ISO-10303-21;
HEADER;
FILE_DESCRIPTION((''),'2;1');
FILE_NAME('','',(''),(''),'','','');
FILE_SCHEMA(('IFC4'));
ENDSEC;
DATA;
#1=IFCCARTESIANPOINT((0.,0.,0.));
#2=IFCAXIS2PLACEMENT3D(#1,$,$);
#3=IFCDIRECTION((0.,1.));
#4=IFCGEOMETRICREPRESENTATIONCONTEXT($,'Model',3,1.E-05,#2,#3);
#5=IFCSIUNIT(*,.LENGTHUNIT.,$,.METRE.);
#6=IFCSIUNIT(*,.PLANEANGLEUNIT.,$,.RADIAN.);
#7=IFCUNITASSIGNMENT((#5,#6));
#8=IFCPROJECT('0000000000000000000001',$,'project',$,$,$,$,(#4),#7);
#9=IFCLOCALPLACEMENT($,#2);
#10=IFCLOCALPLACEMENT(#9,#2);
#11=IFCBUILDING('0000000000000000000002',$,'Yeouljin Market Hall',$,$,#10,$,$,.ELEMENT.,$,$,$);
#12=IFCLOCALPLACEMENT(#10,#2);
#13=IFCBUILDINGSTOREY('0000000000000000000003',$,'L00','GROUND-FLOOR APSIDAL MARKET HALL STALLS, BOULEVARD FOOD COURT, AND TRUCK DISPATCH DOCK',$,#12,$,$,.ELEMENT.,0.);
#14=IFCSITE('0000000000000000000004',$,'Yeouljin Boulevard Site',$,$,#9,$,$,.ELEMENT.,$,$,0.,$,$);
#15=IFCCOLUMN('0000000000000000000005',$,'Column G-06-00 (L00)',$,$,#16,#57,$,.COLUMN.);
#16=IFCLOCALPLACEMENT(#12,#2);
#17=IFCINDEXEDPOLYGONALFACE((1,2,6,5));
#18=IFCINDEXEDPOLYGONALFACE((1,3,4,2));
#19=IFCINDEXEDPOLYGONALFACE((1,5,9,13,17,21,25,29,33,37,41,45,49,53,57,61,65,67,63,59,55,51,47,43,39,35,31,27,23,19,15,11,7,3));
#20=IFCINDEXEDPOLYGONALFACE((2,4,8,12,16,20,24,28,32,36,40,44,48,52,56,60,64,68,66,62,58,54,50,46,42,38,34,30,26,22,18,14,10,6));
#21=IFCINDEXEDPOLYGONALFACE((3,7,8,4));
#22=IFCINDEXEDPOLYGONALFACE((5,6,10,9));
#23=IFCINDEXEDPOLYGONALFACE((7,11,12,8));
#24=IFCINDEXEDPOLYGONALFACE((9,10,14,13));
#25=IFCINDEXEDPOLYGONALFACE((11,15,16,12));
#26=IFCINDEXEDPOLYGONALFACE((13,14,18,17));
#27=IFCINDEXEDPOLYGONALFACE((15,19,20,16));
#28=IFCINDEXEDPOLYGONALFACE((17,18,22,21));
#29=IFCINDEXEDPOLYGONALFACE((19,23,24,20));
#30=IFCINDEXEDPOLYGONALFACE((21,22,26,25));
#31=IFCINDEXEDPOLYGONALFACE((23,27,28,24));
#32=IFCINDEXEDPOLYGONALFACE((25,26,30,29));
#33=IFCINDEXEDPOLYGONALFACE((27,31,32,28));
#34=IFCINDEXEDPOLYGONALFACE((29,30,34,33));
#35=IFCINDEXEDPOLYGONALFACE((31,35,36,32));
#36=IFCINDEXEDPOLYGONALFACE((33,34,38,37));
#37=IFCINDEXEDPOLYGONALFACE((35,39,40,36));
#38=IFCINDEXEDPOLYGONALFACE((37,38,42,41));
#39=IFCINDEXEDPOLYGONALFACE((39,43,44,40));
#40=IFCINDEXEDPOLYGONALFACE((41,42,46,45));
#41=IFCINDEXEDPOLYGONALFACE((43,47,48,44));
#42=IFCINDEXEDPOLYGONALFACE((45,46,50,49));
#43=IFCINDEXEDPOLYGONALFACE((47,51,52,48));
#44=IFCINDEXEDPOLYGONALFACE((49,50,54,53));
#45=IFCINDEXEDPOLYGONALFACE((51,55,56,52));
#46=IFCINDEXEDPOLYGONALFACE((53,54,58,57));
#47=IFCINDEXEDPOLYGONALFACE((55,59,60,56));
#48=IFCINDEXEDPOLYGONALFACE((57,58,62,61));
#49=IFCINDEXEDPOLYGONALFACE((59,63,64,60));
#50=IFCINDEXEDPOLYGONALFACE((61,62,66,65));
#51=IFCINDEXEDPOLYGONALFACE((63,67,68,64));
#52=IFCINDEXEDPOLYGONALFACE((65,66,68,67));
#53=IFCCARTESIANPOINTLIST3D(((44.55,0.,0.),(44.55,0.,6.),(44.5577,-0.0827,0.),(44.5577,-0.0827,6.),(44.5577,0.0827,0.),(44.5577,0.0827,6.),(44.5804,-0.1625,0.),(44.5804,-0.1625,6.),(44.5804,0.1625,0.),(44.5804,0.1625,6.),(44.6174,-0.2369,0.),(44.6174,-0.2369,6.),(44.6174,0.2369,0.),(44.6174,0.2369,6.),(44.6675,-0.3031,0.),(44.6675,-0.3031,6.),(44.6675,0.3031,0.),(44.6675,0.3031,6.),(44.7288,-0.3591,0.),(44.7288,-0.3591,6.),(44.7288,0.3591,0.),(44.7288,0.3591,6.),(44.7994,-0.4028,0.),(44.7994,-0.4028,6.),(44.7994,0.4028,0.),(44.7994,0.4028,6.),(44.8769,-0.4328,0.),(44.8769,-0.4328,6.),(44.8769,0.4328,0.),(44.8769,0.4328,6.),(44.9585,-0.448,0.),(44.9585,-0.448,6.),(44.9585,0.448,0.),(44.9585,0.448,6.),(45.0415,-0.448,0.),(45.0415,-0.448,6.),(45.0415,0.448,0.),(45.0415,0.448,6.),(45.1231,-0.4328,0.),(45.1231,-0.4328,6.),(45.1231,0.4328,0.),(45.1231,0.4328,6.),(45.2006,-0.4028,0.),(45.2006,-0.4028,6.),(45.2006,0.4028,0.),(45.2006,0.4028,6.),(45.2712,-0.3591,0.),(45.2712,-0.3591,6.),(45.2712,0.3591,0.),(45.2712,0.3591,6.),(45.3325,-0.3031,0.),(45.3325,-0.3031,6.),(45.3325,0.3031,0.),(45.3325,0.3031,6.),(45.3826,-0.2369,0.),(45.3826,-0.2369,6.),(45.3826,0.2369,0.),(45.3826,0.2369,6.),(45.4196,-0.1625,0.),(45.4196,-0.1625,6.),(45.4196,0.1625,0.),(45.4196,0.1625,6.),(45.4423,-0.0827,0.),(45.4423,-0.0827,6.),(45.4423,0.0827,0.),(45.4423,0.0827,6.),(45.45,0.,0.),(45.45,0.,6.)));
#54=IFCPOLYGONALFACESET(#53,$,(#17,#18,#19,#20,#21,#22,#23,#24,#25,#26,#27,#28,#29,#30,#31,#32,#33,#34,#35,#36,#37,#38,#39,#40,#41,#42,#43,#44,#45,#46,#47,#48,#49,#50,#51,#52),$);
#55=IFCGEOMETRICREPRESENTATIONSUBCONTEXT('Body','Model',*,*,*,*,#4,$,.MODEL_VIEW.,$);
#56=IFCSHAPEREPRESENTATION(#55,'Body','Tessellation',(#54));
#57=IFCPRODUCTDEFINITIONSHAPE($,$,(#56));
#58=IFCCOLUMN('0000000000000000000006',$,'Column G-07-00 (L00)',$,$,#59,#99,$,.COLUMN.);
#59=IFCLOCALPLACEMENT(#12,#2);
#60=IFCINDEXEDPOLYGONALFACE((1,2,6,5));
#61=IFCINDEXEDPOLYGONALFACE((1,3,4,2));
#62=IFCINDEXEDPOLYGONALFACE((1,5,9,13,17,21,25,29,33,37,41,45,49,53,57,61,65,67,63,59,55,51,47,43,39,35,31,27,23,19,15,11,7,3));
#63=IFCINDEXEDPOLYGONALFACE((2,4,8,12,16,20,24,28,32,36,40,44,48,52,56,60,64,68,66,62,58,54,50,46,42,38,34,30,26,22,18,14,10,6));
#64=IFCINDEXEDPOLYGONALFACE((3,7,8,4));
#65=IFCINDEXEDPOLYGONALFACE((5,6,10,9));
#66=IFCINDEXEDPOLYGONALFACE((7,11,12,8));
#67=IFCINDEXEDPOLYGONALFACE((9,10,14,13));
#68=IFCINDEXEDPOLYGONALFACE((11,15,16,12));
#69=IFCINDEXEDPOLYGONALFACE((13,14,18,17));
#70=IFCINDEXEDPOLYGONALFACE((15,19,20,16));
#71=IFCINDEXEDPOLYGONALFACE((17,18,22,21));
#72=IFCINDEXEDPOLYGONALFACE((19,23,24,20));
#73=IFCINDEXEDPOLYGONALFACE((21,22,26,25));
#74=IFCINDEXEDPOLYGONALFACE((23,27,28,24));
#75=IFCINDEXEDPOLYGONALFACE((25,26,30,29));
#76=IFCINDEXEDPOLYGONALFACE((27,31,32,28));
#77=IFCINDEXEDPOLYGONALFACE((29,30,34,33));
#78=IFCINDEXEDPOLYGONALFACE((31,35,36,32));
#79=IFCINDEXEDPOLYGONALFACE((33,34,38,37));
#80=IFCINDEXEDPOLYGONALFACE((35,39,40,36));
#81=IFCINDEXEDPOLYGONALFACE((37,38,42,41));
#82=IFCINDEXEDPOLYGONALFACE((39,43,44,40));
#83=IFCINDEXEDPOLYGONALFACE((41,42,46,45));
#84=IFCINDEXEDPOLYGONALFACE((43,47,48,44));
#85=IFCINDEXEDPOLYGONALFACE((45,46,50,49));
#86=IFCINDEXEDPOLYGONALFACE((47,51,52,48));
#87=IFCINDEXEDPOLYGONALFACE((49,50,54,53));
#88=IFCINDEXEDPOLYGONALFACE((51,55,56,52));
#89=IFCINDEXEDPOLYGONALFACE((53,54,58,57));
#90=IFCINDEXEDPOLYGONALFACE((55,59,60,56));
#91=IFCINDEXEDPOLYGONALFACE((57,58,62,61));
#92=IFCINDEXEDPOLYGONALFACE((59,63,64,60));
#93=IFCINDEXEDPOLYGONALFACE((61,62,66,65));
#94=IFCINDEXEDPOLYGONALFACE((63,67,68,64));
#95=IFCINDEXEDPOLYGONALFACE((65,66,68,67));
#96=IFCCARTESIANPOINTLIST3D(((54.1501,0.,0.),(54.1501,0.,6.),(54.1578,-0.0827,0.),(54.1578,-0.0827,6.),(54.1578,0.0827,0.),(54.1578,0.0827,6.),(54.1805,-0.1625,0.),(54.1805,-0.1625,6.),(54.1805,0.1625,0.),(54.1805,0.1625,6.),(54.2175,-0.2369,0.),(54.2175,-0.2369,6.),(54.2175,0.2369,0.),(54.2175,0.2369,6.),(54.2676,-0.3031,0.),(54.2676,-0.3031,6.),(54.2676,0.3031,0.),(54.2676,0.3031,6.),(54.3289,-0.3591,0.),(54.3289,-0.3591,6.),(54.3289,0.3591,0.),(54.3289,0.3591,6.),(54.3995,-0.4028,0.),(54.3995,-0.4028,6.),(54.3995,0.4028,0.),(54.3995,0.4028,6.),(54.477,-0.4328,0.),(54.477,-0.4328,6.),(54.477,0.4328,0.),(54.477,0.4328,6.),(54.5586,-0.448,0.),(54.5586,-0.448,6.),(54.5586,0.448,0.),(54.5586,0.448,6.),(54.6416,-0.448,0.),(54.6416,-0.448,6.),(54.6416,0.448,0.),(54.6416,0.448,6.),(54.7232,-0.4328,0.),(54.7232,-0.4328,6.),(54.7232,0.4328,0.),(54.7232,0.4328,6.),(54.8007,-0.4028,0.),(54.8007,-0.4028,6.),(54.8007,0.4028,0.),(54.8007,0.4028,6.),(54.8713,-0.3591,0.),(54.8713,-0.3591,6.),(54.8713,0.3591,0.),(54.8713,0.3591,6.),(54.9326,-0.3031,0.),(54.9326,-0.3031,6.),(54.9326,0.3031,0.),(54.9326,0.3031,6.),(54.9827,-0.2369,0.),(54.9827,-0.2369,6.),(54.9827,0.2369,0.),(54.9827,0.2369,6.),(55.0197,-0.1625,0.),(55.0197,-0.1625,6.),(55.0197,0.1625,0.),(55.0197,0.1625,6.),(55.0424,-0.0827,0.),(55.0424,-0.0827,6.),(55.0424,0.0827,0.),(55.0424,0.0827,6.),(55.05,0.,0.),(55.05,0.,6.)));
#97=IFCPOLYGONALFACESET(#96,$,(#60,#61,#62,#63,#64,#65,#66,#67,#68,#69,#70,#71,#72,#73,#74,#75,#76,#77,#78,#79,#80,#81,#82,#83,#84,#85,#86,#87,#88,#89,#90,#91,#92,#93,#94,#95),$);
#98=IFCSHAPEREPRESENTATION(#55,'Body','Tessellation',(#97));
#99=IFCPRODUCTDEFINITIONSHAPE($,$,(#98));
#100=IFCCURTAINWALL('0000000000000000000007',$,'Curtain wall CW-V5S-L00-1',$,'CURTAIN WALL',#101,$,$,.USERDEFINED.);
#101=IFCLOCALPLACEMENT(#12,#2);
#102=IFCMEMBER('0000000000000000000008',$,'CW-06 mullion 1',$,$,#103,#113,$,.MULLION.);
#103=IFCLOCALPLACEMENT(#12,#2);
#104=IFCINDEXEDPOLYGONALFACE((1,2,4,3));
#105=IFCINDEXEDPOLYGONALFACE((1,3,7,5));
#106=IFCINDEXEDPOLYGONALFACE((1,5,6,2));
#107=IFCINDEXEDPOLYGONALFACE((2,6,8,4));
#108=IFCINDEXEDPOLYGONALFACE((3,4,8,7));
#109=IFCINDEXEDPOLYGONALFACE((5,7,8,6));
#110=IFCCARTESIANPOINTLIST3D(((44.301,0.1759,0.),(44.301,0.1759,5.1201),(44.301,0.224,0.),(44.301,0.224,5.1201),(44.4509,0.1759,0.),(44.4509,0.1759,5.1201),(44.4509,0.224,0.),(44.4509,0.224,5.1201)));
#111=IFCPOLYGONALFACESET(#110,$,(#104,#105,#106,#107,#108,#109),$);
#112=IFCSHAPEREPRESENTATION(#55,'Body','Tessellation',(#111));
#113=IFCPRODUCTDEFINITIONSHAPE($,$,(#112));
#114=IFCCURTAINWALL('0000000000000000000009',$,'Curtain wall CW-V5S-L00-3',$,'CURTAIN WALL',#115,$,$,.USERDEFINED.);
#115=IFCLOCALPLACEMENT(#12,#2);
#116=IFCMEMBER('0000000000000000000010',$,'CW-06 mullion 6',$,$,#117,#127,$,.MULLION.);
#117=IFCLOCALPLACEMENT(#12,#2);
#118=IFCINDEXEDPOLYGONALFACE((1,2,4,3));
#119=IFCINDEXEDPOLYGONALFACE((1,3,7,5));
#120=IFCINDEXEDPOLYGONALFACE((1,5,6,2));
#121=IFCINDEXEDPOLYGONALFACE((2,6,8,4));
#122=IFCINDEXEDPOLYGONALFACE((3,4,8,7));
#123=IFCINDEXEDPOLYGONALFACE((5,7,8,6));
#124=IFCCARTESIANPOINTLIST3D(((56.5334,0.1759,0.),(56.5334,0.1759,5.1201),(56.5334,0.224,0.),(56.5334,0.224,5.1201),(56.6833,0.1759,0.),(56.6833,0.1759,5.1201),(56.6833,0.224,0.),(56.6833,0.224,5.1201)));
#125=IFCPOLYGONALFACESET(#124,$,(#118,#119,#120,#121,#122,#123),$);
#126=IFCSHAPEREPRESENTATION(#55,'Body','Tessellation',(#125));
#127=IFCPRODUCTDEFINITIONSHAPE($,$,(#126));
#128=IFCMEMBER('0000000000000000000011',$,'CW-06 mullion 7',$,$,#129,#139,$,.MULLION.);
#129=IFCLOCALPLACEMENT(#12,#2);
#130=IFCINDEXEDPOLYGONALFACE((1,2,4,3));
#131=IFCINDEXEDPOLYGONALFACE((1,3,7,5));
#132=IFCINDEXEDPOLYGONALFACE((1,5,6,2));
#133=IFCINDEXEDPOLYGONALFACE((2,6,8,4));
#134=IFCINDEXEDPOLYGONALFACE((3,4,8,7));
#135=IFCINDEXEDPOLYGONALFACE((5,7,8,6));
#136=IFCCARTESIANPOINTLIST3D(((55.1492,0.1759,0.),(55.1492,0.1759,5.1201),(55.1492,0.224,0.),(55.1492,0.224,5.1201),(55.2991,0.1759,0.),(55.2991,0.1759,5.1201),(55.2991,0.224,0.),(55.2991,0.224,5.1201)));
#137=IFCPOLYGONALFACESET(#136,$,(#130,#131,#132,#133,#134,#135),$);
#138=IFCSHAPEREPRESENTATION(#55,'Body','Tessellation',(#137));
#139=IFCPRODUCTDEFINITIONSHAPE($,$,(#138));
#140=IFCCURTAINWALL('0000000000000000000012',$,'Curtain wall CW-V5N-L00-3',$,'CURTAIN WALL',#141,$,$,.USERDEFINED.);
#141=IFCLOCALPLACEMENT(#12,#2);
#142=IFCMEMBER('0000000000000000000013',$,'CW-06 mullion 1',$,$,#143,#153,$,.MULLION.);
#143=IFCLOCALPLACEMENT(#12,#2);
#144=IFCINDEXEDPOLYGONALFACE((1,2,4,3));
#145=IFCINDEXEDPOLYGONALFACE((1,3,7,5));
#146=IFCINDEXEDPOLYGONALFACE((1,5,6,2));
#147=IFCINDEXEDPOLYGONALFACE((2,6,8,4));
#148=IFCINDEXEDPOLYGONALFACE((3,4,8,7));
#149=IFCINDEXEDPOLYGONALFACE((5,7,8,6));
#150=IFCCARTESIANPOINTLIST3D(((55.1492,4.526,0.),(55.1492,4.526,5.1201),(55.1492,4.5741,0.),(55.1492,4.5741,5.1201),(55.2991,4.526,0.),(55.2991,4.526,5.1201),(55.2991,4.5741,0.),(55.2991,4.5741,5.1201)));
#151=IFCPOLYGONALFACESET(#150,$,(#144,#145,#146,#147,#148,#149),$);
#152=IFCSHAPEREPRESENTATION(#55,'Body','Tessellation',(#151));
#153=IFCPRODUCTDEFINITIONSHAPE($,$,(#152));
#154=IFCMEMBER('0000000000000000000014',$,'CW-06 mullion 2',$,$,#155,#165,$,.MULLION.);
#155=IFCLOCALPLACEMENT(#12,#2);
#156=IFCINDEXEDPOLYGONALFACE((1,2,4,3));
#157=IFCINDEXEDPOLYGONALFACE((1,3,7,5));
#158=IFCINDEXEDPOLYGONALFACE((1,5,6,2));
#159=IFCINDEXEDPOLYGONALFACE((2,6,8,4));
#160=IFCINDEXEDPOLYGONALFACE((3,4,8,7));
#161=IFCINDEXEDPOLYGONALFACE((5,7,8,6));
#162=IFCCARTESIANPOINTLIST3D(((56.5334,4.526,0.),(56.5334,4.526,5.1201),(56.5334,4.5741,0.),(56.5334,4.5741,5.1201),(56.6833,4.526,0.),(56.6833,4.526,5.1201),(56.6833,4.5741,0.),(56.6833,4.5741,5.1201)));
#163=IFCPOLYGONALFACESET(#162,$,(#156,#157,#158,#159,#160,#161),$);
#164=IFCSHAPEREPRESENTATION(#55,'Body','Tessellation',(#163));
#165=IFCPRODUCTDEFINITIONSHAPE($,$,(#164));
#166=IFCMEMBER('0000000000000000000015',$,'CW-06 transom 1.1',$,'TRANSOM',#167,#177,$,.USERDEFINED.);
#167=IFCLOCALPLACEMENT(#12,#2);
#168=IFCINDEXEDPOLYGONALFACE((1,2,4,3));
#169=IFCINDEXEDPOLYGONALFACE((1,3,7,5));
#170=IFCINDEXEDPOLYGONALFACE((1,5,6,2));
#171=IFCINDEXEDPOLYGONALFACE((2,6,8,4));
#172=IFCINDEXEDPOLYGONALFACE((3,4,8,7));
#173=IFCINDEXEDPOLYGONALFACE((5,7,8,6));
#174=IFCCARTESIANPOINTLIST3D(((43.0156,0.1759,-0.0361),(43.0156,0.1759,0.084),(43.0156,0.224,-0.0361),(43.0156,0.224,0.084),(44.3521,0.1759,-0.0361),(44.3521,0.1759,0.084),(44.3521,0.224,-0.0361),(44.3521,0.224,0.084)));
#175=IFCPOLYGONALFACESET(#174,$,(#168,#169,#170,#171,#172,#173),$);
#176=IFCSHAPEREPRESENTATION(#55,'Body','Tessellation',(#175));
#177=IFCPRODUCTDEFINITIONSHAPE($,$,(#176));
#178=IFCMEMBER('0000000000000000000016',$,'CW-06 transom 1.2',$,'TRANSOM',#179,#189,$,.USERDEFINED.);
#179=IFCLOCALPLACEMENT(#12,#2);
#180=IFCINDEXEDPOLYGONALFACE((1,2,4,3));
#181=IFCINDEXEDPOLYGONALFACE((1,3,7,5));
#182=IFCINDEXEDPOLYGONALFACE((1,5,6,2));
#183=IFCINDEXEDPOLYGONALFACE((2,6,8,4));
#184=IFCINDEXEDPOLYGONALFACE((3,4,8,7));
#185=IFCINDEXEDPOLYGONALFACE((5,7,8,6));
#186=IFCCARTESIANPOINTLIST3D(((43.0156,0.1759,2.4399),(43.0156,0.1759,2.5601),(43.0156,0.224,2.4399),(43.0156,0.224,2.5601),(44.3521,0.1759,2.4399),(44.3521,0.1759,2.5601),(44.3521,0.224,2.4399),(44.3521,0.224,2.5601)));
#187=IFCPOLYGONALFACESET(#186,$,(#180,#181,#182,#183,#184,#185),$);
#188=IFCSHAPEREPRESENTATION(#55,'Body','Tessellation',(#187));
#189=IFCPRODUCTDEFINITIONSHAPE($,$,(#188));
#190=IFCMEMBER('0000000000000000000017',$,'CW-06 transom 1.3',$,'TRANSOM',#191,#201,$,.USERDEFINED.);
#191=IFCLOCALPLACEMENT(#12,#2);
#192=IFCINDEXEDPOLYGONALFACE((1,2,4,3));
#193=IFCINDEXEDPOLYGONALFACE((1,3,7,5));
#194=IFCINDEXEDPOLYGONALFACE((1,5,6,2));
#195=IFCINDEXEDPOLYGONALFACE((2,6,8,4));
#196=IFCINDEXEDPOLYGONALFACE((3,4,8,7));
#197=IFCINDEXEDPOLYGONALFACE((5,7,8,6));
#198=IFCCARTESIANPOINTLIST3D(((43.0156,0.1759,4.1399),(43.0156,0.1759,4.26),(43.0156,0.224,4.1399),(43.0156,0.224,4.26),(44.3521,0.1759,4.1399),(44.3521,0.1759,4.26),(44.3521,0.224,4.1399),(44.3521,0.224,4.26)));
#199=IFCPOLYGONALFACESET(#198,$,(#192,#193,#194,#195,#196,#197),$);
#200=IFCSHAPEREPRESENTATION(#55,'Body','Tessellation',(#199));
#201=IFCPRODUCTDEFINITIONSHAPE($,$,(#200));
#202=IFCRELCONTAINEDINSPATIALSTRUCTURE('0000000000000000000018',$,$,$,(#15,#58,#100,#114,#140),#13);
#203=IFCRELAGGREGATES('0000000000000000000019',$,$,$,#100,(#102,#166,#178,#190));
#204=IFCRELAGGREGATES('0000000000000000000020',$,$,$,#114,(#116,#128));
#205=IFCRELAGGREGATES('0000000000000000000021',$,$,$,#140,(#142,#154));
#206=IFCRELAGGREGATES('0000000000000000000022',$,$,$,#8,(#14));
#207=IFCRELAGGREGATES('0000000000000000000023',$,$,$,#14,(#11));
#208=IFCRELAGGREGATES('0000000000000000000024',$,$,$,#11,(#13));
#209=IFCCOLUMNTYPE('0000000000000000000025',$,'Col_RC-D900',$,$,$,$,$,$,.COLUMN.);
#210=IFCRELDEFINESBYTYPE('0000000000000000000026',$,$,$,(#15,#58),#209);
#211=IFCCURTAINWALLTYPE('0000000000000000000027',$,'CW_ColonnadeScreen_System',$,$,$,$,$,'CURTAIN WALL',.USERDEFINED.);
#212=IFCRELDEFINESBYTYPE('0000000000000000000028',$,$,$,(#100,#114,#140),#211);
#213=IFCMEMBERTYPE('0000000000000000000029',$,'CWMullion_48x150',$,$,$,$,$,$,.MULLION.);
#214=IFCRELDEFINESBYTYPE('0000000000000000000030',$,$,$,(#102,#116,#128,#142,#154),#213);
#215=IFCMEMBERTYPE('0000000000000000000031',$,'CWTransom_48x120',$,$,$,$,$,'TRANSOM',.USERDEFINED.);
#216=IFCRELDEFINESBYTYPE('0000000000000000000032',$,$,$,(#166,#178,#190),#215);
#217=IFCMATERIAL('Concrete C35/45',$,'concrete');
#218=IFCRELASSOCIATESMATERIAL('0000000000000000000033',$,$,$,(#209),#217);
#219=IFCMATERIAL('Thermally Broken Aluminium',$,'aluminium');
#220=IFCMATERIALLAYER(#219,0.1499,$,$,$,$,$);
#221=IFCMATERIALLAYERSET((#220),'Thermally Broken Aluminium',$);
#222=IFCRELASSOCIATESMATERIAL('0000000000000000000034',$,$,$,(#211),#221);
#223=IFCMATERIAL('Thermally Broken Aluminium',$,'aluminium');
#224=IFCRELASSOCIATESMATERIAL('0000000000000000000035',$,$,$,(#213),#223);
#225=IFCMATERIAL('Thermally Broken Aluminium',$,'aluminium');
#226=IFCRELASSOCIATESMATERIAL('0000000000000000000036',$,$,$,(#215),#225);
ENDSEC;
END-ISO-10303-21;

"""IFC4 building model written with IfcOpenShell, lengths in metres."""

from ifc_helpers import new_model, si_unit, direction, frame, origin, origin_2d, place, context, subcontext, project, spatial, rectangle, circle, extrude, material, layer, layer_set, material_profile, profile_set, type_object, element, aggregate, save


model = new_model("IFC4")

# Units and contexts
model_context = context("Model", 3, precision=1e-05, world=origin(), true_north=direction((0.0, 1.0)))
body_context = subcontext(model_context, "Body", "Model", "MODEL_VIEW")
ifc_project = project(units=[si_unit("LENGTHUNIT", "METRE"), si_unit("PLANEANGLEUNIT", "RADIAN")], contexts=[model_context])

# Site, building, storey
site_placement = place(None, origin())
site = spatial("IfcSite", under=ifc_project, at=site_placement, Name="Yeouljin Boulevard Site", CompositionType="ELEMENT", RefElevation=0.0)
building_placement = place(site_placement, origin())
building = spatial("IfcBuilding", under=site, at=building_placement, Name="Yeouljin Market Hall", CompositionType="ELEMENT")
storey_placement = place(building_placement, origin())
storey = spatial("IfcBuildingStorey", under=building, at=storey_placement, Name="L00", Description="GROUND-FLOOR APSIDAL MARKET HALL STALLS, BOULEVARD FOOD COURT, AND TRUCK DISPATCH DOCK", CompositionType="ELEMENT", Elevation=0.0)

# Columns
ifc_material_1 = material(Name="Concrete C35/45", Category="concrete")
ifc_material_profile_1 = material_profile(ifc_material_1, circle(Radius=0.45, at=origin_2d()), Name="RC-D900")
ifc_profile_set_1 = profile_set([ifc_material_profile_1], Name="Concrete C35/45")
column_type = type_object("IfcColumnType", Name="Col_RC-D900", PredefinedType="COLUMN", material=ifc_profile_set_1)
for number, where, z_axis, x_axis, name in (
    (1, (45.0, 0.0, 0.0), (0.0, 0.0, 1.0), (1.0, 0.0, 0.0), "Column G-06-00 (L00)"),
    (2, (54.6001, 0.0, 0.0), (0.0, 0.0, 1.0), (1.0, 0.0, 0.0), "Column G-07-00 (L00)"),
):
    element("IfcColumn", number, at=place(storey_placement, frame(where, z_axis=z_axis, x_axis=x_axis)), inside=storey, type_object=column_type, Name=name, PredefinedType="COLUMN", context=body_context, shape_type="SweptSolid", body=[
        extrude(circle(Radius=0.45, at=origin_2d()), origin(), (0.0, 0.0, 1.0), 6.0),
    ])

# Curtain wall, member
ifc_material_2 = material(Name="Thermally Broken Aluminium", Category="aluminium")
ifc_layer_1 = layer(ifc_material_2, 0.1499)
ifc_layer_set_1 = layer_set([ifc_layer_1], Name="Thermally Broken Aluminium")
curtain_wall_type = type_object("IfcCurtainWallType", Name="CW_ColonnadeScreen_System", ElementType="CURTAIN WALL", PredefinedType="USERDEFINED", material=ifc_layer_set_1)
curtain_wall_1_placement = place(storey_placement, origin())
curtain_wall_1 = element("IfcCurtainWall", 3, at=curtain_wall_1_placement, inside=storey, type_object=curtain_wall_type, Name="Curtain wall CW-V5S-L00-1", ObjectType="CURTAIN WALL", PredefinedType="USERDEFINED")
ifc_material_3 = material(Name="Thermally Broken Aluminium", Category="aluminium")
ifc_material_profile_2 = material_profile(ifc_material_3, rectangle(XDim=0.0481, YDim=0.1499, at=origin_2d()), Name="CW-MULL-48x150")
ifc_profile_set_2 = profile_set([ifc_material_profile_2], Name="Thermally Broken Aluminium")
member_type_1 = type_object("IfcMemberType", Name="CWMullion_48x150", PredefinedType="MULLION", material=ifc_profile_set_2)
member_1_placement = place(storey_placement, frame((44.376, 0.2, 0.0), z_axis=(0.0, 0.0, 1.0), x_axis=(0.0, -1.0, 0.0)))
member_1 = element("IfcMember", 4, at=member_1_placement, type_object=member_type_1, Name="CW-06 mullion 1", PredefinedType="MULLION", context=body_context, shape_type="SweptSolid", body=[
    extrude(rectangle(XDim=0.0481, YDim=0.1499, at=origin_2d()), origin(), (0.0, 0.0, 1.0), 5.1201),
])

# Curtain walls, members
curtain_wall_2_placement = place(storey_placement, origin())
curtain_wall_2 = element("IfcCurtainWall", 5, at=curtain_wall_2_placement, inside=storey, type_object=curtain_wall_type, Name="Curtain wall CW-V5S-L00-3", ObjectType="CURTAIN WALL", PredefinedType="USERDEFINED")
member_2_placement = place(storey_placement, frame((56.6084, 0.2, 0.0), z_axis=(0.0, 0.0, 1.0), x_axis=(0.0, -1.0, 0.0)))
member_2 = element("IfcMember", 6, at=member_2_placement, type_object=member_type_1, Name="CW-06 mullion 6", PredefinedType="MULLION", context=body_context, shape_type="SweptSolid", body=[
    extrude(rectangle(XDim=0.0481, YDim=0.1499, at=origin_2d()), origin(), (0.0, 0.0, 1.0), 5.1201),
])
member_3_placement = place(storey_placement, frame((55.2241, 0.2, 0.0), z_axis=(0.0, 0.0, 1.0), x_axis=(0.0, -1.0, 0.0)))
member_3 = element("IfcMember", 7, at=member_3_placement, type_object=member_type_1, Name="CW-06 mullion 7", PredefinedType="MULLION", context=body_context, shape_type="SweptSolid", body=[
    extrude(rectangle(XDim=0.0481, YDim=0.1499, at=origin_2d()), origin(), (0.0, 0.0, 1.0), 5.1201),
])
curtain_wall_3_placement = place(storey_placement, origin())
curtain_wall_3 = element("IfcCurtainWall", 8, at=curtain_wall_3_placement, inside=storey, type_object=curtain_wall_type, Name="Curtain wall CW-V5N-L00-3", ObjectType="CURTAIN WALL", PredefinedType="USERDEFINED")
member_4_placement = place(storey_placement, frame((55.2241, 4.55, 0.0), z_axis=(0.0, 0.0, 1.0), x_axis=(0.0, 1.0, 0.0)))
member_4 = element("IfcMember", 9, at=member_4_placement, type_object=member_type_1, Name="CW-06 mullion 1", PredefinedType="MULLION", context=body_context, shape_type="SweptSolid", body=[
    extrude(rectangle(XDim=0.0481, YDim=0.1499, at=origin_2d()), origin(), (0.0, 0.0, 1.0), 5.1201),
])
member_5_placement = place(storey_placement, frame((56.6084, 4.55, 0.0), z_axis=(0.0, 0.0, 1.0), x_axis=(0.0, 1.0, 0.0)))
member_5 = element("IfcMember", 10, at=member_5_placement, type_object=member_type_1, Name="CW-06 mullion 2", PredefinedType="MULLION", context=body_context, shape_type="SweptSolid", body=[
    extrude(rectangle(XDim=0.0481, YDim=0.1499, at=origin_2d()), origin(), (0.0, 0.0, 1.0), 5.1201),
])

# Members
ifc_material_4 = material(Name="Thermally Broken Aluminium", Category="aluminium")
ifc_material_profile_3 = material_profile(ifc_material_4, rectangle(XDim=0.0481, YDim=0.1201, at=origin_2d()), Name="CW-TRAN-48x120")
ifc_profile_set_3 = profile_set([ifc_material_profile_3], Name="Thermally Broken Aluminium")
member_type_2 = type_object("IfcMemberType", Name="CWTransom_48x120", ElementType="TRANSOM", PredefinedType="USERDEFINED", material=ifc_profile_set_3)
member_6_placement = place(storey_placement, frame((44.3521, 0.2, 0.0239), z_axis=(-1.0, 0.0, 0.0), x_axis=(0.0, -1.0, 0.0)))
member_6 = element("IfcMember", 11, at=member_6_placement, type_object=member_type_2, Name="CW-06 transom 1.1", ObjectType="TRANSOM", PredefinedType="USERDEFINED", context=body_context, shape_type="SweptSolid", body=[
    extrude(rectangle(XDim=0.0481, YDim=0.1201, at=origin_2d()), origin(), (0.0, 0.0, 1.0), 1.3364),
])
member_7_placement = place(storey_placement, frame((44.3521, 0.2, 2.5), z_axis=(-1.0, 0.0, 0.0), x_axis=(0.0, -1.0, 0.0)))
member_7 = element("IfcMember", 12, at=member_7_placement, type_object=member_type_2, Name="CW-06 transom 1.2", ObjectType="TRANSOM", PredefinedType="USERDEFINED", context=body_context, shape_type="SweptSolid", body=[
    extrude(rectangle(XDim=0.0481, YDim=0.1201, at=origin_2d()), origin(), (0.0, 0.0, 1.0), 1.3364),
])
member_8_placement = place(storey_placement, frame((44.3521, 0.2, 4.2), z_axis=(-1.0, 0.0, 0.0), x_axis=(0.0, -1.0, 0.0)))
member_8 = element("IfcMember", 13, at=member_8_placement, type_object=member_type_2, Name="CW-06 transom 1.3", ObjectType="TRANSOM", PredefinedType="USERDEFINED", context=body_context, shape_type="SweptSolid", body=[
    extrude(rectangle(XDim=0.0481, YDim=0.1201, at=origin_2d()), origin(), (0.0, 0.0, 1.0), 1.3364),
])
aggregate(curtain_wall_1, [member_1, member_6, member_7, member_8])

aggregate(curtain_wall_2, [member_2, member_3])
aggregate(curtain_wall_3, [member_4, member_5])

save(model, "model.ifc")
